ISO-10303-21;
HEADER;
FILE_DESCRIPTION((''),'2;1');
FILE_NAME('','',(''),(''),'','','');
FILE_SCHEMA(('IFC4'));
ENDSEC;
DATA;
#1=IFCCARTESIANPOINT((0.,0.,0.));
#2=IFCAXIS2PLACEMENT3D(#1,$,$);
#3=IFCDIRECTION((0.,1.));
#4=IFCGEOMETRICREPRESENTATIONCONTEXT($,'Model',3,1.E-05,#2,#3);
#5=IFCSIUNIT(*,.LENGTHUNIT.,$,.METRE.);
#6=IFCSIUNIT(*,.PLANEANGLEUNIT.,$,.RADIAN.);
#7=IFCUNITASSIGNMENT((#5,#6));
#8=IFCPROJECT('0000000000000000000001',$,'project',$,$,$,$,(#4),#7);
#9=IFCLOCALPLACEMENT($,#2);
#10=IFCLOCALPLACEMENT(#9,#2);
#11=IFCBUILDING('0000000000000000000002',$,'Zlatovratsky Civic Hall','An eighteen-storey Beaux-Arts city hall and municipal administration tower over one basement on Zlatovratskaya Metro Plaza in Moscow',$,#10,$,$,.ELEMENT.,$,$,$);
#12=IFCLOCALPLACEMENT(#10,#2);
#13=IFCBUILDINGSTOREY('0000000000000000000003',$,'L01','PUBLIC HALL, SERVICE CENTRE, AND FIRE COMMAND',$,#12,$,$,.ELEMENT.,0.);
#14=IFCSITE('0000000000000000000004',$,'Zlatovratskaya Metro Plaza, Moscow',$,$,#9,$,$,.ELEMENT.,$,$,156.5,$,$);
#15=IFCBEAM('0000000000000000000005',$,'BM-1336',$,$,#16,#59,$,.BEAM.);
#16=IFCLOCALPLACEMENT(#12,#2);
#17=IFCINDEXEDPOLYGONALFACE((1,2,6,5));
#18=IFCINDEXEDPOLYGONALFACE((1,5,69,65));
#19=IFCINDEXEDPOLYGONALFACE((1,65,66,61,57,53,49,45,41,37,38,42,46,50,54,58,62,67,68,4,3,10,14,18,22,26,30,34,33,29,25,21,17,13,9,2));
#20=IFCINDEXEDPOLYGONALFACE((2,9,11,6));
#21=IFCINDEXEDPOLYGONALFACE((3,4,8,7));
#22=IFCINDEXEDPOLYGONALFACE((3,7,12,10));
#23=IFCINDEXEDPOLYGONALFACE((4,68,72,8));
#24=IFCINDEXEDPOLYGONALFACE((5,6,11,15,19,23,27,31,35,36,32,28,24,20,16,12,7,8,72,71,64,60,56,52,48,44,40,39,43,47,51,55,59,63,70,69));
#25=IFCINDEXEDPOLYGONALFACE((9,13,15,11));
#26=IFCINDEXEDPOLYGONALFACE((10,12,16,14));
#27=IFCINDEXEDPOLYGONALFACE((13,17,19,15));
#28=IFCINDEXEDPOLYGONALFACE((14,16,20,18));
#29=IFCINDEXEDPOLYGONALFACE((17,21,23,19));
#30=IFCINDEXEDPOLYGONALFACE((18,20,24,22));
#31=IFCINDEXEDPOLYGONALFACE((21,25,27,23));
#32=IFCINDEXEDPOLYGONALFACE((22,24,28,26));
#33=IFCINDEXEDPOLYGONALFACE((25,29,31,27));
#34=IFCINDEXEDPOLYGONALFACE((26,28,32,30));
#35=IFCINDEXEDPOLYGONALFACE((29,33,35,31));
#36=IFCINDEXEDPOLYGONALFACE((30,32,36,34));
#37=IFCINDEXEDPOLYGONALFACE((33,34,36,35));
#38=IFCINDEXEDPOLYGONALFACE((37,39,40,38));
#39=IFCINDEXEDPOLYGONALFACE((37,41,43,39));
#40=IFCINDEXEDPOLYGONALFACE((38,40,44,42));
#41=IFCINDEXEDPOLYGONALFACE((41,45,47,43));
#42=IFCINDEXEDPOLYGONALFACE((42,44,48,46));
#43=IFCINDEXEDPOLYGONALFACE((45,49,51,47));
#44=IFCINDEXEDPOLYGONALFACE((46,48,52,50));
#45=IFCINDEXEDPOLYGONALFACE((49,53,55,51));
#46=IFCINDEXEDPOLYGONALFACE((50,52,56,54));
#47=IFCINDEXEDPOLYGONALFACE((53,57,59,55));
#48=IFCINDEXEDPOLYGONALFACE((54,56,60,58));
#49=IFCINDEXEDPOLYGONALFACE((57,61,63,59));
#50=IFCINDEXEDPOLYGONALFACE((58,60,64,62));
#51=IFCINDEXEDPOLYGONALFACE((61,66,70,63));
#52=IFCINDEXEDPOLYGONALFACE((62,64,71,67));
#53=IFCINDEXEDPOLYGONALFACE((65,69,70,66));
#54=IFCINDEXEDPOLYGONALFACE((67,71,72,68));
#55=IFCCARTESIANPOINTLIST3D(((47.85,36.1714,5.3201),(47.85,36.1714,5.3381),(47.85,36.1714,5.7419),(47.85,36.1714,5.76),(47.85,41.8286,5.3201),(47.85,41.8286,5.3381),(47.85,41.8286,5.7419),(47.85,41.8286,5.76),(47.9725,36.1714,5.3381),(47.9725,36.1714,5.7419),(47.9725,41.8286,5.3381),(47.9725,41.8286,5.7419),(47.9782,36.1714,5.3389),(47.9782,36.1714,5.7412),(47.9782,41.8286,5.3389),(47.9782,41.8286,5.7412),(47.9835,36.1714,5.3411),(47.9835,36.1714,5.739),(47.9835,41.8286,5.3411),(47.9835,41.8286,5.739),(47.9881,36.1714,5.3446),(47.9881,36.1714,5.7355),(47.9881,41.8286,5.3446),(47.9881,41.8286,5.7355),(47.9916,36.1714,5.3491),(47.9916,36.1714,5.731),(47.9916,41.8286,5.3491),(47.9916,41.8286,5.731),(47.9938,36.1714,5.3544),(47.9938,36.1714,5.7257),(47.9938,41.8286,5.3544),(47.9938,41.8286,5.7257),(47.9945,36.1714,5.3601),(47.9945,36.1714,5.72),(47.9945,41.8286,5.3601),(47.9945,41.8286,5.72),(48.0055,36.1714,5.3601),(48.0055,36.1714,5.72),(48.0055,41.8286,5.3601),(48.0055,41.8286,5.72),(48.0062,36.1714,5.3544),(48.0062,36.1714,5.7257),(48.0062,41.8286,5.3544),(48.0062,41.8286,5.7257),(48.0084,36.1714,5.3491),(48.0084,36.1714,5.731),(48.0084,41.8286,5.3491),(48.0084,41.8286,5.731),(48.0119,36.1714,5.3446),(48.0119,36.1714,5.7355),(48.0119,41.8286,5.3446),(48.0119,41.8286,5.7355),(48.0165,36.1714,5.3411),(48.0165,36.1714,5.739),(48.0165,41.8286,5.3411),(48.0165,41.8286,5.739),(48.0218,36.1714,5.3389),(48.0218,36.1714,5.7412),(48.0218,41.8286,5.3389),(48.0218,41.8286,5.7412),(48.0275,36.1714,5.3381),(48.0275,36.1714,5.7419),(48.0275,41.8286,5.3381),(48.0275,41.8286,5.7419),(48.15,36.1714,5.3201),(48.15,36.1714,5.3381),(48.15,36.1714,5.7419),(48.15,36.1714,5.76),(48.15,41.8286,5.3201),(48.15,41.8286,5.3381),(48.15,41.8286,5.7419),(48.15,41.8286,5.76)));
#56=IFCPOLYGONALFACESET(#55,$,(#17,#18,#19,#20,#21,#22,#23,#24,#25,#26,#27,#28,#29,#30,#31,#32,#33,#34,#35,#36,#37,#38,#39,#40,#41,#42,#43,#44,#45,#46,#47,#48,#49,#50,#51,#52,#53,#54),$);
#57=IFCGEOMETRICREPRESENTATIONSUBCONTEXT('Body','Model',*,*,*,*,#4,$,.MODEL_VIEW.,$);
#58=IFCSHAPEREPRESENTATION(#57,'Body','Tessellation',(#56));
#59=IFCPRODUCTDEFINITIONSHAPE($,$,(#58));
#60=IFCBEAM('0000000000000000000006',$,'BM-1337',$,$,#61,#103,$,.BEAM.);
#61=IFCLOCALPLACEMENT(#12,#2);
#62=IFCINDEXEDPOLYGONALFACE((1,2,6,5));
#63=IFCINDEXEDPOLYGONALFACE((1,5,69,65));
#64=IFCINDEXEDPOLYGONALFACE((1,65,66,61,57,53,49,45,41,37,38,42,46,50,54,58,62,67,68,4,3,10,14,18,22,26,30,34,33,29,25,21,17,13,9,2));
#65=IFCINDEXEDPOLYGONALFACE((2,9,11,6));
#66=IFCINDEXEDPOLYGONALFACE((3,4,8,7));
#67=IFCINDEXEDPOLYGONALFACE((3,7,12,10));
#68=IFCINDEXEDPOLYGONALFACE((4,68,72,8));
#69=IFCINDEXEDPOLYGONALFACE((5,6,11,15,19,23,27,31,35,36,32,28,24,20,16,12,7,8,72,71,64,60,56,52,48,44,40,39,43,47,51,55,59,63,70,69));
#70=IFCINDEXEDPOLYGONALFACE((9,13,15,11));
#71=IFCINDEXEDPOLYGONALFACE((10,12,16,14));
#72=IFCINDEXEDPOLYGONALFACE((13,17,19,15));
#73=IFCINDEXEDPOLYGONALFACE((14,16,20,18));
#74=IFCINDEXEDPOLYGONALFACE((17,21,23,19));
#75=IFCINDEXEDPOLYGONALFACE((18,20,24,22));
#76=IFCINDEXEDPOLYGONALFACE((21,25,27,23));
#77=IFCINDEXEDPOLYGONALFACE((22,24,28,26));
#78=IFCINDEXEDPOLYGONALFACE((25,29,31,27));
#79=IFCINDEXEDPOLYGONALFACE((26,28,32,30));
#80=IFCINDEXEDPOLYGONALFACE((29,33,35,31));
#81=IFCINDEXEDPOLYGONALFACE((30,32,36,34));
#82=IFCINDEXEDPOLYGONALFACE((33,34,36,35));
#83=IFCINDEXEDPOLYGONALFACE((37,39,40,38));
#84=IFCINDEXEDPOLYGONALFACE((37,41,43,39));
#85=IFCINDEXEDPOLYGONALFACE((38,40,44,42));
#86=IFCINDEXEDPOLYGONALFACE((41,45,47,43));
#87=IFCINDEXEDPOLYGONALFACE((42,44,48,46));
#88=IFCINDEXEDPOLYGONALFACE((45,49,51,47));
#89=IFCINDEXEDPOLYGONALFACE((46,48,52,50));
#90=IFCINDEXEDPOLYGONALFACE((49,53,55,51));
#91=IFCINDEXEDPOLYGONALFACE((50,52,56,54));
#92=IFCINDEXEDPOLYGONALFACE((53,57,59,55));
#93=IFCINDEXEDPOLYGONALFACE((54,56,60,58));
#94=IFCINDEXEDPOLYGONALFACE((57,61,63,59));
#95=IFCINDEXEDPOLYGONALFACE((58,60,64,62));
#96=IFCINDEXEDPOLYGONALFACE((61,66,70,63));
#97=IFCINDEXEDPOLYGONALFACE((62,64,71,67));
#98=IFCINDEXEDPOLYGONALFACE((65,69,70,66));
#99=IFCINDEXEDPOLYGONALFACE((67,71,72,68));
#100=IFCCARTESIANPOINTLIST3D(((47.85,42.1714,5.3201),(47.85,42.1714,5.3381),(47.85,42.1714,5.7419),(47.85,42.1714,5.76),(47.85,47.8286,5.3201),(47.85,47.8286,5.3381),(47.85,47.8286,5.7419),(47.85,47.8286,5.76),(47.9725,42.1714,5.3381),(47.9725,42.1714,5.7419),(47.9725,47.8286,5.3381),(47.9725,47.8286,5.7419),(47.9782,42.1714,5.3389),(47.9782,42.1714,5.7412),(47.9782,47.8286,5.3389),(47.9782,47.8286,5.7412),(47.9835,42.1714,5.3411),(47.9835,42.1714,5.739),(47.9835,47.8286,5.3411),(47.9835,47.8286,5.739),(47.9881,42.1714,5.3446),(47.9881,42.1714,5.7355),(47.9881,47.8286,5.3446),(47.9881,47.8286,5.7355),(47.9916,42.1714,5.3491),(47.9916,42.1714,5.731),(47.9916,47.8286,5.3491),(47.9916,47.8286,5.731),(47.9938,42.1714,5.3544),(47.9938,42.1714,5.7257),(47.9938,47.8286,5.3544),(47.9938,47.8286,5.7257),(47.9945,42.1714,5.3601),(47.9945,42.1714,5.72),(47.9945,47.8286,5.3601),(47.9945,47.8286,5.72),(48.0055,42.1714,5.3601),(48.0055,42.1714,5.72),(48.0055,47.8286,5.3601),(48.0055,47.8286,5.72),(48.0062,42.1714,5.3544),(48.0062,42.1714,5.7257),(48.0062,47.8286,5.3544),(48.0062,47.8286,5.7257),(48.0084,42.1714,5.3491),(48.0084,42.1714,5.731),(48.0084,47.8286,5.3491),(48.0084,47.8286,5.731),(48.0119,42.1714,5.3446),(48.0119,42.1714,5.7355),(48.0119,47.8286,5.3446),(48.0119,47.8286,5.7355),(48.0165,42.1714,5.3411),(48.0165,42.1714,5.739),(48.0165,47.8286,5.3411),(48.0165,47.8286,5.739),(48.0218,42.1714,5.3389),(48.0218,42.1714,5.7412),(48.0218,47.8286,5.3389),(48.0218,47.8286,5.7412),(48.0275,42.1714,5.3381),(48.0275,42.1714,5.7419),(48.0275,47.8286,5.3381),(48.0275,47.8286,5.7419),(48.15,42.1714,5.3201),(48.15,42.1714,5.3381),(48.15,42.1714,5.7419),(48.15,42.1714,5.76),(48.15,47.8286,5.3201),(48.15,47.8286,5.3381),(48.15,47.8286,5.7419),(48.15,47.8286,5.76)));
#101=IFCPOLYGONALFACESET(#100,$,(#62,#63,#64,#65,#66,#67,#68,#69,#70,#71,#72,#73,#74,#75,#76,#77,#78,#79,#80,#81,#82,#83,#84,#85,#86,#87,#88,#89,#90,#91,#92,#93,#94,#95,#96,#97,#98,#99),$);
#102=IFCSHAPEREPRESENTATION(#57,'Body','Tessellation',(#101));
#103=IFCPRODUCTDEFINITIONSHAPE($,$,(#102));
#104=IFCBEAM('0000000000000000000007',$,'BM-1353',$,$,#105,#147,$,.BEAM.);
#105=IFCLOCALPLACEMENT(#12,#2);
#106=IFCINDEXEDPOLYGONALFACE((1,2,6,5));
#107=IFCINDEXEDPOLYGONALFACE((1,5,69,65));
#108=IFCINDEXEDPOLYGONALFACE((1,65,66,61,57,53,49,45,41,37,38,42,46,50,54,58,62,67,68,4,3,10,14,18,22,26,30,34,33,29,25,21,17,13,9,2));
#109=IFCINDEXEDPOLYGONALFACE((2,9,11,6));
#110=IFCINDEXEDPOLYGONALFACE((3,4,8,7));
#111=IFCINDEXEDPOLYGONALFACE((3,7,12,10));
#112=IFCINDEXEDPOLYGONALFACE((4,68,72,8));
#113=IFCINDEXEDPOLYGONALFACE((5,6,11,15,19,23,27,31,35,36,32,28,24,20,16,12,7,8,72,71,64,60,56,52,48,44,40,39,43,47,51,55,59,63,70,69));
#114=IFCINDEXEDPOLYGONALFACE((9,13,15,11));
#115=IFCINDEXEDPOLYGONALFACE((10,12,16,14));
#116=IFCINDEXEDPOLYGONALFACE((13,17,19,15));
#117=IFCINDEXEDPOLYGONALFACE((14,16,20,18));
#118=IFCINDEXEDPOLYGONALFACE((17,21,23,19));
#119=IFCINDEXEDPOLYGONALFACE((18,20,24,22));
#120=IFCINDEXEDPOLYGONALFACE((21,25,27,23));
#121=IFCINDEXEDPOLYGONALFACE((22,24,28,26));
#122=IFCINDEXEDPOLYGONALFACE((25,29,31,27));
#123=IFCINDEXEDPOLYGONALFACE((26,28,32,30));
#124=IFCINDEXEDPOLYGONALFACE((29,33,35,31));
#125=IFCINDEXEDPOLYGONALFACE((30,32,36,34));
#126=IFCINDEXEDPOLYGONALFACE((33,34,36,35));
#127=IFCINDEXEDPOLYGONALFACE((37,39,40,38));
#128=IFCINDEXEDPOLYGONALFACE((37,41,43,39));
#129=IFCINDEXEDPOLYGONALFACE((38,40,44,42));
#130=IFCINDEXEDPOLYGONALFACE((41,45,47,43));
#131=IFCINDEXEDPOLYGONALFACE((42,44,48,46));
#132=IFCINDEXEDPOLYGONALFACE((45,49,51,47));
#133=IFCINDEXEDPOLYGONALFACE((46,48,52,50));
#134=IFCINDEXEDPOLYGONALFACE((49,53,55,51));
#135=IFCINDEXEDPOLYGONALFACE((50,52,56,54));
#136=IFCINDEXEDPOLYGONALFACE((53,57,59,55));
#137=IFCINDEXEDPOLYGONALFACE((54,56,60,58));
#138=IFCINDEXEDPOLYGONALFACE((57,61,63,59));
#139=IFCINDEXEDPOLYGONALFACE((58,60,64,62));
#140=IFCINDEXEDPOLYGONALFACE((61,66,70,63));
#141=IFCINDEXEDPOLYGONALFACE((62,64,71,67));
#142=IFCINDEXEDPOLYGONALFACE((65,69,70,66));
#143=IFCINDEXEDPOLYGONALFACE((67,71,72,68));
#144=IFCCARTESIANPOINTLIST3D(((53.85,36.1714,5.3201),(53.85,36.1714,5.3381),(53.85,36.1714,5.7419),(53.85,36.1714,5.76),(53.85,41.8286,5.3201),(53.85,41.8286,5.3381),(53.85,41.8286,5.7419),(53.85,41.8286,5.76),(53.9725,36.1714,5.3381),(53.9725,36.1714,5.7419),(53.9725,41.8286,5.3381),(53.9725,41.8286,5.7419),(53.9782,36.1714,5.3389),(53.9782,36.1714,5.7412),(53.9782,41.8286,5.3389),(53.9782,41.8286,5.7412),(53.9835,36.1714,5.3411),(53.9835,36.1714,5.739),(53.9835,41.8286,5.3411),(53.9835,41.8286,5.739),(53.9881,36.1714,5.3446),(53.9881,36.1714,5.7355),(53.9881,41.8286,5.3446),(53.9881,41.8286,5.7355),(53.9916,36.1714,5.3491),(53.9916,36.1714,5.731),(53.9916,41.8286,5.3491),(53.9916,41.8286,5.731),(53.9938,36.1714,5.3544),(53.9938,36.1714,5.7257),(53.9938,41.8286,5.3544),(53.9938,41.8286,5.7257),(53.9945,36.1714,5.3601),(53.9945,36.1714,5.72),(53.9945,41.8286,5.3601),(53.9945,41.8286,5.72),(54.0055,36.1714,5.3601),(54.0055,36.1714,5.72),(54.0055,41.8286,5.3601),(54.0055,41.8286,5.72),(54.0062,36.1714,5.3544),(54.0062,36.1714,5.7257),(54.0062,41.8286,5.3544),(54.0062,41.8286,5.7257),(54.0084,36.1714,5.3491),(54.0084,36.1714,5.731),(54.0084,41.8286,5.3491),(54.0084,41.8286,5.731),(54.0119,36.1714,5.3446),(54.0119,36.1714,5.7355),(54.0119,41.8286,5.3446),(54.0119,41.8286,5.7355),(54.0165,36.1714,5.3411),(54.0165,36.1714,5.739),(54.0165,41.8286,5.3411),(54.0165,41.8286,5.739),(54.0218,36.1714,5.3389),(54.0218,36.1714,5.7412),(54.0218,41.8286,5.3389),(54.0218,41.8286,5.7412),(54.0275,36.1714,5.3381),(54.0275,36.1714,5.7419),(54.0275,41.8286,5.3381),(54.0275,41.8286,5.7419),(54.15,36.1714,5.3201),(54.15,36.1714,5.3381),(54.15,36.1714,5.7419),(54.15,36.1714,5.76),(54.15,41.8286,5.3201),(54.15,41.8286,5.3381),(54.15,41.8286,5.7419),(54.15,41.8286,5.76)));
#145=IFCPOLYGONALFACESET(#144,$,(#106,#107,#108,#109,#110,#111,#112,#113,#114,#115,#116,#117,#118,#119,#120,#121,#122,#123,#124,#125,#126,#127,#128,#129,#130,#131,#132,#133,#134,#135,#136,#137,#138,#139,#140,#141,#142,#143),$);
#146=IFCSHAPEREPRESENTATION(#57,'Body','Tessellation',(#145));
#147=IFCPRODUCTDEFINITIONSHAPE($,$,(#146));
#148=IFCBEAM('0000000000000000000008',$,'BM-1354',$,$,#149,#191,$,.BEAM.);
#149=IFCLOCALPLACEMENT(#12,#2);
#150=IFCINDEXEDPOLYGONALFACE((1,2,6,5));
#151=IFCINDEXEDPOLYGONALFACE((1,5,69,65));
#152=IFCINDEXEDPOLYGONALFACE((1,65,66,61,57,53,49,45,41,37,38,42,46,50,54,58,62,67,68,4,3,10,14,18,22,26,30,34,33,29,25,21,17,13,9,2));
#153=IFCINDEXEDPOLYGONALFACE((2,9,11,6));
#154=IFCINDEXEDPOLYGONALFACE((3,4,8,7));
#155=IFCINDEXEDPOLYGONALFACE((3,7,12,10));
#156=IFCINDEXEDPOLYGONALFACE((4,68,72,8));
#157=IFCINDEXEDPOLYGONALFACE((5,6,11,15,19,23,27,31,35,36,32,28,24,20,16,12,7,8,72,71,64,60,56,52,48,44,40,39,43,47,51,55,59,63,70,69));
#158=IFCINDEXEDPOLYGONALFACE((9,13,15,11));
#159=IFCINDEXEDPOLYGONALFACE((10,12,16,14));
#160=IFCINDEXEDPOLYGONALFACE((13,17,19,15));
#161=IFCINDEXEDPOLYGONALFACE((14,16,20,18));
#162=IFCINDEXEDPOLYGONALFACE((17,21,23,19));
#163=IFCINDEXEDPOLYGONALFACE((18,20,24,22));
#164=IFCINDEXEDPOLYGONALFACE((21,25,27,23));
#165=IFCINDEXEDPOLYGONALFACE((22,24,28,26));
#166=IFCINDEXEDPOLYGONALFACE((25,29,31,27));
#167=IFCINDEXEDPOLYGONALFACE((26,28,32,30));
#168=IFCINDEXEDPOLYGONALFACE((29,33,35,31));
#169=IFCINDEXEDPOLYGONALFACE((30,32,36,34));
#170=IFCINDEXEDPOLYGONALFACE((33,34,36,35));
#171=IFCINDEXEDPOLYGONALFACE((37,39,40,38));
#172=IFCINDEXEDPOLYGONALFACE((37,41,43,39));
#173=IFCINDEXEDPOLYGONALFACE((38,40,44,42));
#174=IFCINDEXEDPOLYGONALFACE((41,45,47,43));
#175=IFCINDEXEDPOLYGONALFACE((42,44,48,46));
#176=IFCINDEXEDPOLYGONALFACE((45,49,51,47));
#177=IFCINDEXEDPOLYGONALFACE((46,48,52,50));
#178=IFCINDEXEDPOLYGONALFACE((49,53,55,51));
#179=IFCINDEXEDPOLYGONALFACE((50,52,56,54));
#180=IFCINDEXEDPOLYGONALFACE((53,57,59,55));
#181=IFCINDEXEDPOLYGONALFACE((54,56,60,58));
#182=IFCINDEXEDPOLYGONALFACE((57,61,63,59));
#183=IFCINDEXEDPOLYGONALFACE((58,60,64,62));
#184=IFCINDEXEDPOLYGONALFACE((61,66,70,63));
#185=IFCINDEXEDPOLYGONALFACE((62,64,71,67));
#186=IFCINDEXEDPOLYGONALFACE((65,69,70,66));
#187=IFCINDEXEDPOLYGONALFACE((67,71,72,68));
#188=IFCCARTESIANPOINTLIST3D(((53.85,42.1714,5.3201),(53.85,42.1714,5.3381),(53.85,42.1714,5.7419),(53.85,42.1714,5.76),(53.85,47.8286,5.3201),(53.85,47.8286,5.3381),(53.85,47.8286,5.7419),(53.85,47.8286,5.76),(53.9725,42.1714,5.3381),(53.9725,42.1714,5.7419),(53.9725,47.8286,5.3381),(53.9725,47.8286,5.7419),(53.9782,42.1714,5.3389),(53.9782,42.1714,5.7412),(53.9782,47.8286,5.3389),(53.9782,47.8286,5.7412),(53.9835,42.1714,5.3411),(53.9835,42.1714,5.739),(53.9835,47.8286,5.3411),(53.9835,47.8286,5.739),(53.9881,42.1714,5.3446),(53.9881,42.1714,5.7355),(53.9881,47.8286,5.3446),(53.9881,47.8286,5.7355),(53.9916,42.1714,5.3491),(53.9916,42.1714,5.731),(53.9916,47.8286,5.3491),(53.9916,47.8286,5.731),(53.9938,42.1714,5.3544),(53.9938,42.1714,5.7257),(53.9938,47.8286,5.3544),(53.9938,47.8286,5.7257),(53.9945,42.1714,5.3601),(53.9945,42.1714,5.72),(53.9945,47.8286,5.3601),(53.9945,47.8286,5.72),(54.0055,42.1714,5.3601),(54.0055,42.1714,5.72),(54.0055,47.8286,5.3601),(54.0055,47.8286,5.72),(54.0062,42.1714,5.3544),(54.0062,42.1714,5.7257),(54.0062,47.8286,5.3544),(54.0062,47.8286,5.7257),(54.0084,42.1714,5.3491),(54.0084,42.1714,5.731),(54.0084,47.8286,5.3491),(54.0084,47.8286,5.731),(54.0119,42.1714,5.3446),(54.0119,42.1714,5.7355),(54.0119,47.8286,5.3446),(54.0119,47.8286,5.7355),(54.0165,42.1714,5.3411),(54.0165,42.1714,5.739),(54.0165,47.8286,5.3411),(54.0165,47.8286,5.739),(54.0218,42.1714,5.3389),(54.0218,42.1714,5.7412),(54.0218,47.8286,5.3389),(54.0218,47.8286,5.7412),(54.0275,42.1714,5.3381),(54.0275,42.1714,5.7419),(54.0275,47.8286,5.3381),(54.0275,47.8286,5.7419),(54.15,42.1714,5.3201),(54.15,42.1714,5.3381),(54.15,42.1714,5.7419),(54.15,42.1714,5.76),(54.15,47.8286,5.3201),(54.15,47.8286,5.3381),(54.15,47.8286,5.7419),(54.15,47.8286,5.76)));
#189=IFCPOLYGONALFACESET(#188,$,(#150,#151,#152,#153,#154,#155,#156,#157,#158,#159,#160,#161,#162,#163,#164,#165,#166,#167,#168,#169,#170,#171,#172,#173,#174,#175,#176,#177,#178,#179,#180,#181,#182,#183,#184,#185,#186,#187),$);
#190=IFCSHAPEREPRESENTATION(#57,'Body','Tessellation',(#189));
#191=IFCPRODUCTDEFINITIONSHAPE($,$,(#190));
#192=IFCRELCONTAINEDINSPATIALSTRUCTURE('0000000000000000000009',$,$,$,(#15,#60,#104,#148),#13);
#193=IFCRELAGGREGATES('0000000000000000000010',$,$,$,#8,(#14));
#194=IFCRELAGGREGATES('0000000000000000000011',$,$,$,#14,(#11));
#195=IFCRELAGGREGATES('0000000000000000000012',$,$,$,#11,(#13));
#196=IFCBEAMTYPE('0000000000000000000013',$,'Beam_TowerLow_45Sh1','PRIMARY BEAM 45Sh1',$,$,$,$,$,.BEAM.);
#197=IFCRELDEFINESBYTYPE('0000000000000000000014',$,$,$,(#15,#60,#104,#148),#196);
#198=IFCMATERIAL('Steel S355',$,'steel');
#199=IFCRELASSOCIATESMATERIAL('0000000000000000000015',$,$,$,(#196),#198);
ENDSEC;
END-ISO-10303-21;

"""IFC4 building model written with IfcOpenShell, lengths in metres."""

from ifc_helpers import new_model, si_unit, direction, frame, origin, origin_2d, place, context, subcontext, project, spatial, i_section, extrude, material, material_profile, profile_set, type_object, element, save


model = new_model("IFC4")

# Units and contexts
model_context = context("Model", 3, precision=1e-05, world=origin(), true_north=direction((0.0, 1.0)))
body_context = subcontext(model_context, "Body", "Model", "MODEL_VIEW")
ifc_project = project(units=[si_unit("LENGTHUNIT", "METRE"), si_unit("PLANEANGLEUNIT", "RADIAN")], contexts=[model_context])

# Site, building, storey
site_placement = place(None, origin())
site = spatial("IfcSite", under=ifc_project, at=site_placement, Name="Zlatovratskaya Metro Plaza, Moscow", CompositionType="ELEMENT", RefElevation=156.5)
building_placement = place(site_placement, origin())
building = spatial("IfcBuilding", under=site, at=building_placement, Name="Zlatovratsky Civic Hall", Description="An eighteen-storey Beaux-Arts city hall and municipal administration tower over one basement on Zlatovratskaya Metro Plaza in Moscow", CompositionType="ELEMENT")
storey_placement = place(building_placement, origin())
storey = spatial("IfcBuildingStorey", under=building, at=storey_placement, Name="L01", Description="PUBLIC HALL, SERVICE CENTRE, AND FIRE COMMAND", CompositionType="ELEMENT", Elevation=0.0)

# Shared definitions
ifc_material_1 = material(Name="Steel S355", Category="steel")

# Beams
ifc_material_profile_1 = material_profile(ifc_material_1, i_section(OverallWidth=0.3, OverallDepth=0.4399, WebThickness=0.011, FlangeThickness=0.0181, FilletRadius=0.022, at=origin_2d()), Name="45Sh1")
ifc_profile_set_1 = profile_set([ifc_material_profile_1], Name="Steel S355")
beam_type_1 = type_object("IfcBeamType", Name="Beam_TowerLow_45Sh1", Description="PRIMARY BEAM 45Sh1", PredefinedType="BEAM", material=ifc_profile_set_1)
for number, where, z_axis, x_axis, name in (
    (1, (48.0, 36.1714, 5.54), (0.0, 1.0, 0.0), (-1.0, 0.0, 0.0), "BM-1336"),
    (2, (48.0, 42.1714, 5.54), (0.0, 1.0, 0.0), (-1.0, 0.0, 0.0), "BM-1337"),
    (3, (54.0, 36.1714, 5.54), (0.0, 1.0, 0.0), (-1.0, 0.0, 0.0), "BM-1353"),
    (4, (54.0, 42.1714, 5.54), (0.0, 1.0, 0.0), (-1.0, 0.0, 0.0), "BM-1354"),
):
    element("IfcBeam", number, at=place(storey_placement, frame(where, z_axis=z_axis, x_axis=x_axis)), inside=storey, type_object=beam_type_1, Name=name, PredefinedType="BEAM", context=body_context, shape_type="SweptSolid", body=[
        extrude(i_section(OverallWidth=0.3, OverallDepth=0.4399, WebThickness=0.011, FlangeThickness=0.0181, FilletRadius=0.022, at=origin_2d()), origin(), (0.0, 0.0, 1.0), 5.6572),
    ])

save(model, "model.ifc")
